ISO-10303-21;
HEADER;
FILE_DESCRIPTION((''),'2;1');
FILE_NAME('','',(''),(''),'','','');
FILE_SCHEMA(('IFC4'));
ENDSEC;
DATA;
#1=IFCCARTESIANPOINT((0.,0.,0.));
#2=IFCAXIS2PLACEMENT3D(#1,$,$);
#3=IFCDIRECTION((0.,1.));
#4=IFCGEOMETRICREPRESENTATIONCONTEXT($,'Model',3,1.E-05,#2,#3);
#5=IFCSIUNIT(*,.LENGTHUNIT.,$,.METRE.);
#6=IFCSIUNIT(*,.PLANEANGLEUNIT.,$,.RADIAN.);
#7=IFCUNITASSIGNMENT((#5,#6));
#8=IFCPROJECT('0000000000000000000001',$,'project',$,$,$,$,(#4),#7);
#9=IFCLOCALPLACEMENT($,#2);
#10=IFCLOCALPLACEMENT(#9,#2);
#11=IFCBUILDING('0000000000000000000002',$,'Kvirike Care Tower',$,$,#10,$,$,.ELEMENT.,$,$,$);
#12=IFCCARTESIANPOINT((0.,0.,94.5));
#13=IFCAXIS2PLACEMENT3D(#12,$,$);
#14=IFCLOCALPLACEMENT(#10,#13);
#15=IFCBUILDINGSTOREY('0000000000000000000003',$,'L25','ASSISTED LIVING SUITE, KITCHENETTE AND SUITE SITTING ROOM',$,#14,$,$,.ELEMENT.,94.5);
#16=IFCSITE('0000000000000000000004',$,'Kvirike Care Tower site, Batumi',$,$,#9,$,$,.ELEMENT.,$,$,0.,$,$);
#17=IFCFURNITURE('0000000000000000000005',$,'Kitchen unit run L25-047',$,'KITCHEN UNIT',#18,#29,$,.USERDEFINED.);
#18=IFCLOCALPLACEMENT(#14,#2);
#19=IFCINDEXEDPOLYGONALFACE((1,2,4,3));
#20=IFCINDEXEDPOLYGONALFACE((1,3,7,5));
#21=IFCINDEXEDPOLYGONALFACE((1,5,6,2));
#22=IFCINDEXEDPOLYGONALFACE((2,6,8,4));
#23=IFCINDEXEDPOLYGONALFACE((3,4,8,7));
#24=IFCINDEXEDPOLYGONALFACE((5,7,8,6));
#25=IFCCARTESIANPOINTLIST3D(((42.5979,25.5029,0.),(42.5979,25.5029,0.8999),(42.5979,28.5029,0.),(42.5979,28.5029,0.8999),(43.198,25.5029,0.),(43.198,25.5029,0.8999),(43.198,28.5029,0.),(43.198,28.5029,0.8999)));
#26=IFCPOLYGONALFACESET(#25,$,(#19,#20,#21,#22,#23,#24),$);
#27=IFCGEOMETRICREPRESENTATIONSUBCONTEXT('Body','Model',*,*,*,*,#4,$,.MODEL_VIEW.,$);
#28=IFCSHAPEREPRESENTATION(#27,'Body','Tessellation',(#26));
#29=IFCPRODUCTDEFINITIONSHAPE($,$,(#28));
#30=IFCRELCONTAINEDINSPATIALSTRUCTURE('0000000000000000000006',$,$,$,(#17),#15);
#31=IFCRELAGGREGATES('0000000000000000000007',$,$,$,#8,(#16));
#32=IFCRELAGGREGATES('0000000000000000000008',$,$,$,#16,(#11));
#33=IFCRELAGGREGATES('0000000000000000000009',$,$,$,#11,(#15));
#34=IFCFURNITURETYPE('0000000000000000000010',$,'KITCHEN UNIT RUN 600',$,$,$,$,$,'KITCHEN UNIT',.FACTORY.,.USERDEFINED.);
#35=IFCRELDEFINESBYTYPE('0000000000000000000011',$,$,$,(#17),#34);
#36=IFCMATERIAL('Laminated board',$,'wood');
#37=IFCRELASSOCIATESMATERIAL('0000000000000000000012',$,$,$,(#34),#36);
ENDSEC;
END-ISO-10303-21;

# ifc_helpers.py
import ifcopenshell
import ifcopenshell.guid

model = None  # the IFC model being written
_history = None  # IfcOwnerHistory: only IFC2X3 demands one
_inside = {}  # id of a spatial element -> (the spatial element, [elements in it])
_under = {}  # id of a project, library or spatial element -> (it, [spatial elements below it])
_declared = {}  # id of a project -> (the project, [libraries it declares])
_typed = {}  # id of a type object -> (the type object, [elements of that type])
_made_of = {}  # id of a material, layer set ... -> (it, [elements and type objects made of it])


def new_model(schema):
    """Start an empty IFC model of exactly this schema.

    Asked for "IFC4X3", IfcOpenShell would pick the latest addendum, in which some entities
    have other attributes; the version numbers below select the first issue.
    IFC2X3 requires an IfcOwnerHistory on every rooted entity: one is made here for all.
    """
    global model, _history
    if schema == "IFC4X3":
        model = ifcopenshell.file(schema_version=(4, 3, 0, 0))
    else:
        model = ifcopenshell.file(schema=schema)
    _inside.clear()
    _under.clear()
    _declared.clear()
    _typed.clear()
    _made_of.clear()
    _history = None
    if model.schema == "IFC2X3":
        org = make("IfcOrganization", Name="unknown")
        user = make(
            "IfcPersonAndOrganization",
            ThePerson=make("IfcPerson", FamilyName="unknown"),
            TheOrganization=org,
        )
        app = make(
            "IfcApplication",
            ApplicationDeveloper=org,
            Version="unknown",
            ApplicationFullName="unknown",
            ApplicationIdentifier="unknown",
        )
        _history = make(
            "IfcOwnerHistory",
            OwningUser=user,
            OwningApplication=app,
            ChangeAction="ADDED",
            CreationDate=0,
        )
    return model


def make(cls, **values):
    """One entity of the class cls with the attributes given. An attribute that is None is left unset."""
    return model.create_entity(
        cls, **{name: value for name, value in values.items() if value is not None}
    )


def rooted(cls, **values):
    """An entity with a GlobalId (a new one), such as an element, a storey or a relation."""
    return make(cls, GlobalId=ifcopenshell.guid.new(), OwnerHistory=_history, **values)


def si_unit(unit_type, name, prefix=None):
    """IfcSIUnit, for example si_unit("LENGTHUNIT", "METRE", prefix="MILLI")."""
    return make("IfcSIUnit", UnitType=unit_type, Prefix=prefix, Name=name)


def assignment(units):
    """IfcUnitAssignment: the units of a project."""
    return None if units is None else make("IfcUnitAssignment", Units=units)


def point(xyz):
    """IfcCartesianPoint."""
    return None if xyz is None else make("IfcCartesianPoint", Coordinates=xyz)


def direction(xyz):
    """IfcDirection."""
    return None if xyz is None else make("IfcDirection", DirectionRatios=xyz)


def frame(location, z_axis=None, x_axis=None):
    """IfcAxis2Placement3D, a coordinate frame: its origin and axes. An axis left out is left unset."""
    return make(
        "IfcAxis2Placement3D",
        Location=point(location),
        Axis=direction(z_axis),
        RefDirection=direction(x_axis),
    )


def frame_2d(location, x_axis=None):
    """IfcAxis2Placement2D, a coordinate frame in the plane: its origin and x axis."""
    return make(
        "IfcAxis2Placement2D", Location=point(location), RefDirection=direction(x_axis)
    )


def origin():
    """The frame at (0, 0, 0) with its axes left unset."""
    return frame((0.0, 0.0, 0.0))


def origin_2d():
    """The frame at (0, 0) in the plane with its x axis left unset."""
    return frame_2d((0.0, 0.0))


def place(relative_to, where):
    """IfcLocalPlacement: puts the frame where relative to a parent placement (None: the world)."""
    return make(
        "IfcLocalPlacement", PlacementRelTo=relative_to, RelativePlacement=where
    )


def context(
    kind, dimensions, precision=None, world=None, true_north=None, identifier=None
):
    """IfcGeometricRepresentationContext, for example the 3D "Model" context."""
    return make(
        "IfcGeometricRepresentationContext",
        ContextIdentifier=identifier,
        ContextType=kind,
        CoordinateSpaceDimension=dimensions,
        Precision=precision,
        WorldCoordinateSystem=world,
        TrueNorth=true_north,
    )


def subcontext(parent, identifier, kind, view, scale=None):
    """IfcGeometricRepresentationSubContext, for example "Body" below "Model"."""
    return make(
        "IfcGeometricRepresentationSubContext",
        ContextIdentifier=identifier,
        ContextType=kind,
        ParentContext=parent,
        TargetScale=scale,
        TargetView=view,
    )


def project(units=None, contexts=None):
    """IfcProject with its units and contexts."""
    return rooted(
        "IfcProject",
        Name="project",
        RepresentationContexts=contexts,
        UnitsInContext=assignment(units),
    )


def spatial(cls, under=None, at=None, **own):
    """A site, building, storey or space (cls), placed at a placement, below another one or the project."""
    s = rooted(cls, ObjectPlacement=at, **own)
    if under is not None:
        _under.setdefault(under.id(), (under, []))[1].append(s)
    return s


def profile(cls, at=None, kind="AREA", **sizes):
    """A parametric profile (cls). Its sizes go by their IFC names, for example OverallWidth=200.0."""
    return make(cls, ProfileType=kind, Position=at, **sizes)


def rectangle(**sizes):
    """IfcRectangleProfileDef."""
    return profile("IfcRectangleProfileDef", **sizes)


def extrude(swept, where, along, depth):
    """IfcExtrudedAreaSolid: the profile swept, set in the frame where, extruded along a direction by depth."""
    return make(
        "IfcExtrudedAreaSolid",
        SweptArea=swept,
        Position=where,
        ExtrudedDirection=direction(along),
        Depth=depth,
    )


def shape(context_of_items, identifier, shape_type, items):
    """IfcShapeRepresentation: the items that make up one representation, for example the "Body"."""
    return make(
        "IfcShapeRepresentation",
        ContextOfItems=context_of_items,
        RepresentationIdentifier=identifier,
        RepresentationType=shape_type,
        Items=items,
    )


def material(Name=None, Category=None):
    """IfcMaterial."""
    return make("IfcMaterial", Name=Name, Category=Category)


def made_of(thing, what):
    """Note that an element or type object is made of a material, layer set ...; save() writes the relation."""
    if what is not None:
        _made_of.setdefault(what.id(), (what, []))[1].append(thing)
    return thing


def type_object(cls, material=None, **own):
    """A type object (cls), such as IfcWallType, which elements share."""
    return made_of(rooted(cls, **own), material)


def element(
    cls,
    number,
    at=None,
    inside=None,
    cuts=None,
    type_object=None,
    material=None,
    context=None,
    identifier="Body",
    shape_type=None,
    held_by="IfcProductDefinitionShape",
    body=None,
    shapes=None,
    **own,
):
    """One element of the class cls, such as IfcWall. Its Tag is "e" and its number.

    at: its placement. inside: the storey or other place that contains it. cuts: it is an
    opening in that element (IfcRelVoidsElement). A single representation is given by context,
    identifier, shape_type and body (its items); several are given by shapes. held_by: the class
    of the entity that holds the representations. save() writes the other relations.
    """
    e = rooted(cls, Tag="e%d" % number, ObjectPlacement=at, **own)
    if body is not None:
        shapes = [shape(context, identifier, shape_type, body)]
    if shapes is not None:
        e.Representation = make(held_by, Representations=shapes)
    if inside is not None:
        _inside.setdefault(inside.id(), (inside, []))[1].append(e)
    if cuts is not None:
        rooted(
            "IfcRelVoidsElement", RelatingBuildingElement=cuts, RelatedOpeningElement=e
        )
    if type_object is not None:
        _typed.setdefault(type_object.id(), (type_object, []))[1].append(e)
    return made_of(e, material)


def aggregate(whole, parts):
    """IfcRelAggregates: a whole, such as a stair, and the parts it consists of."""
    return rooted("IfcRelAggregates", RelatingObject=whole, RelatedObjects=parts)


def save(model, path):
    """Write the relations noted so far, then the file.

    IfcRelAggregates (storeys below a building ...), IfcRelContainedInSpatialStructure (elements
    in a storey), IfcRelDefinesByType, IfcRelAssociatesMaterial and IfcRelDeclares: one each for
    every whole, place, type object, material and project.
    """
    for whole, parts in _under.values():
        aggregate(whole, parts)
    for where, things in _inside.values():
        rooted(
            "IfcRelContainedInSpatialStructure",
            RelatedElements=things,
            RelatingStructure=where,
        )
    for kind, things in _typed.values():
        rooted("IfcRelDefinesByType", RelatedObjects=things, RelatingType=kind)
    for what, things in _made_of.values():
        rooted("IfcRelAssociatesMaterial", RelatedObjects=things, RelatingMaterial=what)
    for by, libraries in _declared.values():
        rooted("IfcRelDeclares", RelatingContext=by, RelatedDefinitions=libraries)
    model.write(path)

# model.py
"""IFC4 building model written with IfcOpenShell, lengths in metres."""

from ifc_helpers import new_model, si_unit, direction, frame, origin, origin_2d, place, context, subcontext, project, spatial, rectangle, extrude, material, type_object, element, save


model = new_model("IFC4")

# Units and contexts
model_context = context("Model", 3, precision=1e-05, world=origin(), true_north=direction((0.0, 1.0)))
body_context = subcontext(model_context, "Body", "Model", "MODEL_VIEW")
ifc_project = project(units=[si_unit("LENGTHUNIT", "METRE"), si_unit("PLANEANGLEUNIT", "RADIAN")], contexts=[model_context])

# Site, building, storey
site_placement = place(None, origin())
site = spatial("IfcSite", under=ifc_project, at=site_placement, Name="Kvirike Care Tower site, Batumi", CompositionType="ELEMENT", RefElevation=0.0)
building_placement = place(site_placement, origin())
building = spatial("IfcBuilding", under=site, at=building_placement, Name="Kvirike Care Tower", CompositionType="ELEMENT")
storey_placement = place(building_placement, frame((0.0, 0.0, 94.5)))
storey = spatial("IfcBuildingStorey", under=building, at=storey_placement, Name="L25", Description="ASSISTED LIVING SUITE, KITCHENETTE AND SUITE SITTING ROOM", CompositionType="ELEMENT", Elevation=94.5)

# Furniture
ifc_material_1 = material(Name="Laminated board", Category="wood")
furniture_type = type_object("IfcFurnitureType", Name="KITCHEN UNIT RUN 600", ElementType="KITCHEN UNIT", AssemblyPlace="FACTORY", PredefinedType="USERDEFINED", material=ifc_material_1)
furniture_placement = place(storey_placement, frame((42.8979, 27.0029, 0.0), z_axis=(0.0, 0.0, 1.0), x_axis=(0.0, -1.0, 0.0)))
element("IfcFurniture", 1, at=furniture_placement, inside=storey, type_object=furniture_type, Name="Kitchen unit run L25-047", ObjectType="KITCHEN UNIT", PredefinedType="USERDEFINED", context=body_context, shape_type="SweptSolid", body=[
    extrude(rectangle(XDim=3.0, YDim=0.6001, at=origin_2d()), origin(), (0.0, 0.0, 1.0), 0.8999),
])

save(model, "model.ifc")
